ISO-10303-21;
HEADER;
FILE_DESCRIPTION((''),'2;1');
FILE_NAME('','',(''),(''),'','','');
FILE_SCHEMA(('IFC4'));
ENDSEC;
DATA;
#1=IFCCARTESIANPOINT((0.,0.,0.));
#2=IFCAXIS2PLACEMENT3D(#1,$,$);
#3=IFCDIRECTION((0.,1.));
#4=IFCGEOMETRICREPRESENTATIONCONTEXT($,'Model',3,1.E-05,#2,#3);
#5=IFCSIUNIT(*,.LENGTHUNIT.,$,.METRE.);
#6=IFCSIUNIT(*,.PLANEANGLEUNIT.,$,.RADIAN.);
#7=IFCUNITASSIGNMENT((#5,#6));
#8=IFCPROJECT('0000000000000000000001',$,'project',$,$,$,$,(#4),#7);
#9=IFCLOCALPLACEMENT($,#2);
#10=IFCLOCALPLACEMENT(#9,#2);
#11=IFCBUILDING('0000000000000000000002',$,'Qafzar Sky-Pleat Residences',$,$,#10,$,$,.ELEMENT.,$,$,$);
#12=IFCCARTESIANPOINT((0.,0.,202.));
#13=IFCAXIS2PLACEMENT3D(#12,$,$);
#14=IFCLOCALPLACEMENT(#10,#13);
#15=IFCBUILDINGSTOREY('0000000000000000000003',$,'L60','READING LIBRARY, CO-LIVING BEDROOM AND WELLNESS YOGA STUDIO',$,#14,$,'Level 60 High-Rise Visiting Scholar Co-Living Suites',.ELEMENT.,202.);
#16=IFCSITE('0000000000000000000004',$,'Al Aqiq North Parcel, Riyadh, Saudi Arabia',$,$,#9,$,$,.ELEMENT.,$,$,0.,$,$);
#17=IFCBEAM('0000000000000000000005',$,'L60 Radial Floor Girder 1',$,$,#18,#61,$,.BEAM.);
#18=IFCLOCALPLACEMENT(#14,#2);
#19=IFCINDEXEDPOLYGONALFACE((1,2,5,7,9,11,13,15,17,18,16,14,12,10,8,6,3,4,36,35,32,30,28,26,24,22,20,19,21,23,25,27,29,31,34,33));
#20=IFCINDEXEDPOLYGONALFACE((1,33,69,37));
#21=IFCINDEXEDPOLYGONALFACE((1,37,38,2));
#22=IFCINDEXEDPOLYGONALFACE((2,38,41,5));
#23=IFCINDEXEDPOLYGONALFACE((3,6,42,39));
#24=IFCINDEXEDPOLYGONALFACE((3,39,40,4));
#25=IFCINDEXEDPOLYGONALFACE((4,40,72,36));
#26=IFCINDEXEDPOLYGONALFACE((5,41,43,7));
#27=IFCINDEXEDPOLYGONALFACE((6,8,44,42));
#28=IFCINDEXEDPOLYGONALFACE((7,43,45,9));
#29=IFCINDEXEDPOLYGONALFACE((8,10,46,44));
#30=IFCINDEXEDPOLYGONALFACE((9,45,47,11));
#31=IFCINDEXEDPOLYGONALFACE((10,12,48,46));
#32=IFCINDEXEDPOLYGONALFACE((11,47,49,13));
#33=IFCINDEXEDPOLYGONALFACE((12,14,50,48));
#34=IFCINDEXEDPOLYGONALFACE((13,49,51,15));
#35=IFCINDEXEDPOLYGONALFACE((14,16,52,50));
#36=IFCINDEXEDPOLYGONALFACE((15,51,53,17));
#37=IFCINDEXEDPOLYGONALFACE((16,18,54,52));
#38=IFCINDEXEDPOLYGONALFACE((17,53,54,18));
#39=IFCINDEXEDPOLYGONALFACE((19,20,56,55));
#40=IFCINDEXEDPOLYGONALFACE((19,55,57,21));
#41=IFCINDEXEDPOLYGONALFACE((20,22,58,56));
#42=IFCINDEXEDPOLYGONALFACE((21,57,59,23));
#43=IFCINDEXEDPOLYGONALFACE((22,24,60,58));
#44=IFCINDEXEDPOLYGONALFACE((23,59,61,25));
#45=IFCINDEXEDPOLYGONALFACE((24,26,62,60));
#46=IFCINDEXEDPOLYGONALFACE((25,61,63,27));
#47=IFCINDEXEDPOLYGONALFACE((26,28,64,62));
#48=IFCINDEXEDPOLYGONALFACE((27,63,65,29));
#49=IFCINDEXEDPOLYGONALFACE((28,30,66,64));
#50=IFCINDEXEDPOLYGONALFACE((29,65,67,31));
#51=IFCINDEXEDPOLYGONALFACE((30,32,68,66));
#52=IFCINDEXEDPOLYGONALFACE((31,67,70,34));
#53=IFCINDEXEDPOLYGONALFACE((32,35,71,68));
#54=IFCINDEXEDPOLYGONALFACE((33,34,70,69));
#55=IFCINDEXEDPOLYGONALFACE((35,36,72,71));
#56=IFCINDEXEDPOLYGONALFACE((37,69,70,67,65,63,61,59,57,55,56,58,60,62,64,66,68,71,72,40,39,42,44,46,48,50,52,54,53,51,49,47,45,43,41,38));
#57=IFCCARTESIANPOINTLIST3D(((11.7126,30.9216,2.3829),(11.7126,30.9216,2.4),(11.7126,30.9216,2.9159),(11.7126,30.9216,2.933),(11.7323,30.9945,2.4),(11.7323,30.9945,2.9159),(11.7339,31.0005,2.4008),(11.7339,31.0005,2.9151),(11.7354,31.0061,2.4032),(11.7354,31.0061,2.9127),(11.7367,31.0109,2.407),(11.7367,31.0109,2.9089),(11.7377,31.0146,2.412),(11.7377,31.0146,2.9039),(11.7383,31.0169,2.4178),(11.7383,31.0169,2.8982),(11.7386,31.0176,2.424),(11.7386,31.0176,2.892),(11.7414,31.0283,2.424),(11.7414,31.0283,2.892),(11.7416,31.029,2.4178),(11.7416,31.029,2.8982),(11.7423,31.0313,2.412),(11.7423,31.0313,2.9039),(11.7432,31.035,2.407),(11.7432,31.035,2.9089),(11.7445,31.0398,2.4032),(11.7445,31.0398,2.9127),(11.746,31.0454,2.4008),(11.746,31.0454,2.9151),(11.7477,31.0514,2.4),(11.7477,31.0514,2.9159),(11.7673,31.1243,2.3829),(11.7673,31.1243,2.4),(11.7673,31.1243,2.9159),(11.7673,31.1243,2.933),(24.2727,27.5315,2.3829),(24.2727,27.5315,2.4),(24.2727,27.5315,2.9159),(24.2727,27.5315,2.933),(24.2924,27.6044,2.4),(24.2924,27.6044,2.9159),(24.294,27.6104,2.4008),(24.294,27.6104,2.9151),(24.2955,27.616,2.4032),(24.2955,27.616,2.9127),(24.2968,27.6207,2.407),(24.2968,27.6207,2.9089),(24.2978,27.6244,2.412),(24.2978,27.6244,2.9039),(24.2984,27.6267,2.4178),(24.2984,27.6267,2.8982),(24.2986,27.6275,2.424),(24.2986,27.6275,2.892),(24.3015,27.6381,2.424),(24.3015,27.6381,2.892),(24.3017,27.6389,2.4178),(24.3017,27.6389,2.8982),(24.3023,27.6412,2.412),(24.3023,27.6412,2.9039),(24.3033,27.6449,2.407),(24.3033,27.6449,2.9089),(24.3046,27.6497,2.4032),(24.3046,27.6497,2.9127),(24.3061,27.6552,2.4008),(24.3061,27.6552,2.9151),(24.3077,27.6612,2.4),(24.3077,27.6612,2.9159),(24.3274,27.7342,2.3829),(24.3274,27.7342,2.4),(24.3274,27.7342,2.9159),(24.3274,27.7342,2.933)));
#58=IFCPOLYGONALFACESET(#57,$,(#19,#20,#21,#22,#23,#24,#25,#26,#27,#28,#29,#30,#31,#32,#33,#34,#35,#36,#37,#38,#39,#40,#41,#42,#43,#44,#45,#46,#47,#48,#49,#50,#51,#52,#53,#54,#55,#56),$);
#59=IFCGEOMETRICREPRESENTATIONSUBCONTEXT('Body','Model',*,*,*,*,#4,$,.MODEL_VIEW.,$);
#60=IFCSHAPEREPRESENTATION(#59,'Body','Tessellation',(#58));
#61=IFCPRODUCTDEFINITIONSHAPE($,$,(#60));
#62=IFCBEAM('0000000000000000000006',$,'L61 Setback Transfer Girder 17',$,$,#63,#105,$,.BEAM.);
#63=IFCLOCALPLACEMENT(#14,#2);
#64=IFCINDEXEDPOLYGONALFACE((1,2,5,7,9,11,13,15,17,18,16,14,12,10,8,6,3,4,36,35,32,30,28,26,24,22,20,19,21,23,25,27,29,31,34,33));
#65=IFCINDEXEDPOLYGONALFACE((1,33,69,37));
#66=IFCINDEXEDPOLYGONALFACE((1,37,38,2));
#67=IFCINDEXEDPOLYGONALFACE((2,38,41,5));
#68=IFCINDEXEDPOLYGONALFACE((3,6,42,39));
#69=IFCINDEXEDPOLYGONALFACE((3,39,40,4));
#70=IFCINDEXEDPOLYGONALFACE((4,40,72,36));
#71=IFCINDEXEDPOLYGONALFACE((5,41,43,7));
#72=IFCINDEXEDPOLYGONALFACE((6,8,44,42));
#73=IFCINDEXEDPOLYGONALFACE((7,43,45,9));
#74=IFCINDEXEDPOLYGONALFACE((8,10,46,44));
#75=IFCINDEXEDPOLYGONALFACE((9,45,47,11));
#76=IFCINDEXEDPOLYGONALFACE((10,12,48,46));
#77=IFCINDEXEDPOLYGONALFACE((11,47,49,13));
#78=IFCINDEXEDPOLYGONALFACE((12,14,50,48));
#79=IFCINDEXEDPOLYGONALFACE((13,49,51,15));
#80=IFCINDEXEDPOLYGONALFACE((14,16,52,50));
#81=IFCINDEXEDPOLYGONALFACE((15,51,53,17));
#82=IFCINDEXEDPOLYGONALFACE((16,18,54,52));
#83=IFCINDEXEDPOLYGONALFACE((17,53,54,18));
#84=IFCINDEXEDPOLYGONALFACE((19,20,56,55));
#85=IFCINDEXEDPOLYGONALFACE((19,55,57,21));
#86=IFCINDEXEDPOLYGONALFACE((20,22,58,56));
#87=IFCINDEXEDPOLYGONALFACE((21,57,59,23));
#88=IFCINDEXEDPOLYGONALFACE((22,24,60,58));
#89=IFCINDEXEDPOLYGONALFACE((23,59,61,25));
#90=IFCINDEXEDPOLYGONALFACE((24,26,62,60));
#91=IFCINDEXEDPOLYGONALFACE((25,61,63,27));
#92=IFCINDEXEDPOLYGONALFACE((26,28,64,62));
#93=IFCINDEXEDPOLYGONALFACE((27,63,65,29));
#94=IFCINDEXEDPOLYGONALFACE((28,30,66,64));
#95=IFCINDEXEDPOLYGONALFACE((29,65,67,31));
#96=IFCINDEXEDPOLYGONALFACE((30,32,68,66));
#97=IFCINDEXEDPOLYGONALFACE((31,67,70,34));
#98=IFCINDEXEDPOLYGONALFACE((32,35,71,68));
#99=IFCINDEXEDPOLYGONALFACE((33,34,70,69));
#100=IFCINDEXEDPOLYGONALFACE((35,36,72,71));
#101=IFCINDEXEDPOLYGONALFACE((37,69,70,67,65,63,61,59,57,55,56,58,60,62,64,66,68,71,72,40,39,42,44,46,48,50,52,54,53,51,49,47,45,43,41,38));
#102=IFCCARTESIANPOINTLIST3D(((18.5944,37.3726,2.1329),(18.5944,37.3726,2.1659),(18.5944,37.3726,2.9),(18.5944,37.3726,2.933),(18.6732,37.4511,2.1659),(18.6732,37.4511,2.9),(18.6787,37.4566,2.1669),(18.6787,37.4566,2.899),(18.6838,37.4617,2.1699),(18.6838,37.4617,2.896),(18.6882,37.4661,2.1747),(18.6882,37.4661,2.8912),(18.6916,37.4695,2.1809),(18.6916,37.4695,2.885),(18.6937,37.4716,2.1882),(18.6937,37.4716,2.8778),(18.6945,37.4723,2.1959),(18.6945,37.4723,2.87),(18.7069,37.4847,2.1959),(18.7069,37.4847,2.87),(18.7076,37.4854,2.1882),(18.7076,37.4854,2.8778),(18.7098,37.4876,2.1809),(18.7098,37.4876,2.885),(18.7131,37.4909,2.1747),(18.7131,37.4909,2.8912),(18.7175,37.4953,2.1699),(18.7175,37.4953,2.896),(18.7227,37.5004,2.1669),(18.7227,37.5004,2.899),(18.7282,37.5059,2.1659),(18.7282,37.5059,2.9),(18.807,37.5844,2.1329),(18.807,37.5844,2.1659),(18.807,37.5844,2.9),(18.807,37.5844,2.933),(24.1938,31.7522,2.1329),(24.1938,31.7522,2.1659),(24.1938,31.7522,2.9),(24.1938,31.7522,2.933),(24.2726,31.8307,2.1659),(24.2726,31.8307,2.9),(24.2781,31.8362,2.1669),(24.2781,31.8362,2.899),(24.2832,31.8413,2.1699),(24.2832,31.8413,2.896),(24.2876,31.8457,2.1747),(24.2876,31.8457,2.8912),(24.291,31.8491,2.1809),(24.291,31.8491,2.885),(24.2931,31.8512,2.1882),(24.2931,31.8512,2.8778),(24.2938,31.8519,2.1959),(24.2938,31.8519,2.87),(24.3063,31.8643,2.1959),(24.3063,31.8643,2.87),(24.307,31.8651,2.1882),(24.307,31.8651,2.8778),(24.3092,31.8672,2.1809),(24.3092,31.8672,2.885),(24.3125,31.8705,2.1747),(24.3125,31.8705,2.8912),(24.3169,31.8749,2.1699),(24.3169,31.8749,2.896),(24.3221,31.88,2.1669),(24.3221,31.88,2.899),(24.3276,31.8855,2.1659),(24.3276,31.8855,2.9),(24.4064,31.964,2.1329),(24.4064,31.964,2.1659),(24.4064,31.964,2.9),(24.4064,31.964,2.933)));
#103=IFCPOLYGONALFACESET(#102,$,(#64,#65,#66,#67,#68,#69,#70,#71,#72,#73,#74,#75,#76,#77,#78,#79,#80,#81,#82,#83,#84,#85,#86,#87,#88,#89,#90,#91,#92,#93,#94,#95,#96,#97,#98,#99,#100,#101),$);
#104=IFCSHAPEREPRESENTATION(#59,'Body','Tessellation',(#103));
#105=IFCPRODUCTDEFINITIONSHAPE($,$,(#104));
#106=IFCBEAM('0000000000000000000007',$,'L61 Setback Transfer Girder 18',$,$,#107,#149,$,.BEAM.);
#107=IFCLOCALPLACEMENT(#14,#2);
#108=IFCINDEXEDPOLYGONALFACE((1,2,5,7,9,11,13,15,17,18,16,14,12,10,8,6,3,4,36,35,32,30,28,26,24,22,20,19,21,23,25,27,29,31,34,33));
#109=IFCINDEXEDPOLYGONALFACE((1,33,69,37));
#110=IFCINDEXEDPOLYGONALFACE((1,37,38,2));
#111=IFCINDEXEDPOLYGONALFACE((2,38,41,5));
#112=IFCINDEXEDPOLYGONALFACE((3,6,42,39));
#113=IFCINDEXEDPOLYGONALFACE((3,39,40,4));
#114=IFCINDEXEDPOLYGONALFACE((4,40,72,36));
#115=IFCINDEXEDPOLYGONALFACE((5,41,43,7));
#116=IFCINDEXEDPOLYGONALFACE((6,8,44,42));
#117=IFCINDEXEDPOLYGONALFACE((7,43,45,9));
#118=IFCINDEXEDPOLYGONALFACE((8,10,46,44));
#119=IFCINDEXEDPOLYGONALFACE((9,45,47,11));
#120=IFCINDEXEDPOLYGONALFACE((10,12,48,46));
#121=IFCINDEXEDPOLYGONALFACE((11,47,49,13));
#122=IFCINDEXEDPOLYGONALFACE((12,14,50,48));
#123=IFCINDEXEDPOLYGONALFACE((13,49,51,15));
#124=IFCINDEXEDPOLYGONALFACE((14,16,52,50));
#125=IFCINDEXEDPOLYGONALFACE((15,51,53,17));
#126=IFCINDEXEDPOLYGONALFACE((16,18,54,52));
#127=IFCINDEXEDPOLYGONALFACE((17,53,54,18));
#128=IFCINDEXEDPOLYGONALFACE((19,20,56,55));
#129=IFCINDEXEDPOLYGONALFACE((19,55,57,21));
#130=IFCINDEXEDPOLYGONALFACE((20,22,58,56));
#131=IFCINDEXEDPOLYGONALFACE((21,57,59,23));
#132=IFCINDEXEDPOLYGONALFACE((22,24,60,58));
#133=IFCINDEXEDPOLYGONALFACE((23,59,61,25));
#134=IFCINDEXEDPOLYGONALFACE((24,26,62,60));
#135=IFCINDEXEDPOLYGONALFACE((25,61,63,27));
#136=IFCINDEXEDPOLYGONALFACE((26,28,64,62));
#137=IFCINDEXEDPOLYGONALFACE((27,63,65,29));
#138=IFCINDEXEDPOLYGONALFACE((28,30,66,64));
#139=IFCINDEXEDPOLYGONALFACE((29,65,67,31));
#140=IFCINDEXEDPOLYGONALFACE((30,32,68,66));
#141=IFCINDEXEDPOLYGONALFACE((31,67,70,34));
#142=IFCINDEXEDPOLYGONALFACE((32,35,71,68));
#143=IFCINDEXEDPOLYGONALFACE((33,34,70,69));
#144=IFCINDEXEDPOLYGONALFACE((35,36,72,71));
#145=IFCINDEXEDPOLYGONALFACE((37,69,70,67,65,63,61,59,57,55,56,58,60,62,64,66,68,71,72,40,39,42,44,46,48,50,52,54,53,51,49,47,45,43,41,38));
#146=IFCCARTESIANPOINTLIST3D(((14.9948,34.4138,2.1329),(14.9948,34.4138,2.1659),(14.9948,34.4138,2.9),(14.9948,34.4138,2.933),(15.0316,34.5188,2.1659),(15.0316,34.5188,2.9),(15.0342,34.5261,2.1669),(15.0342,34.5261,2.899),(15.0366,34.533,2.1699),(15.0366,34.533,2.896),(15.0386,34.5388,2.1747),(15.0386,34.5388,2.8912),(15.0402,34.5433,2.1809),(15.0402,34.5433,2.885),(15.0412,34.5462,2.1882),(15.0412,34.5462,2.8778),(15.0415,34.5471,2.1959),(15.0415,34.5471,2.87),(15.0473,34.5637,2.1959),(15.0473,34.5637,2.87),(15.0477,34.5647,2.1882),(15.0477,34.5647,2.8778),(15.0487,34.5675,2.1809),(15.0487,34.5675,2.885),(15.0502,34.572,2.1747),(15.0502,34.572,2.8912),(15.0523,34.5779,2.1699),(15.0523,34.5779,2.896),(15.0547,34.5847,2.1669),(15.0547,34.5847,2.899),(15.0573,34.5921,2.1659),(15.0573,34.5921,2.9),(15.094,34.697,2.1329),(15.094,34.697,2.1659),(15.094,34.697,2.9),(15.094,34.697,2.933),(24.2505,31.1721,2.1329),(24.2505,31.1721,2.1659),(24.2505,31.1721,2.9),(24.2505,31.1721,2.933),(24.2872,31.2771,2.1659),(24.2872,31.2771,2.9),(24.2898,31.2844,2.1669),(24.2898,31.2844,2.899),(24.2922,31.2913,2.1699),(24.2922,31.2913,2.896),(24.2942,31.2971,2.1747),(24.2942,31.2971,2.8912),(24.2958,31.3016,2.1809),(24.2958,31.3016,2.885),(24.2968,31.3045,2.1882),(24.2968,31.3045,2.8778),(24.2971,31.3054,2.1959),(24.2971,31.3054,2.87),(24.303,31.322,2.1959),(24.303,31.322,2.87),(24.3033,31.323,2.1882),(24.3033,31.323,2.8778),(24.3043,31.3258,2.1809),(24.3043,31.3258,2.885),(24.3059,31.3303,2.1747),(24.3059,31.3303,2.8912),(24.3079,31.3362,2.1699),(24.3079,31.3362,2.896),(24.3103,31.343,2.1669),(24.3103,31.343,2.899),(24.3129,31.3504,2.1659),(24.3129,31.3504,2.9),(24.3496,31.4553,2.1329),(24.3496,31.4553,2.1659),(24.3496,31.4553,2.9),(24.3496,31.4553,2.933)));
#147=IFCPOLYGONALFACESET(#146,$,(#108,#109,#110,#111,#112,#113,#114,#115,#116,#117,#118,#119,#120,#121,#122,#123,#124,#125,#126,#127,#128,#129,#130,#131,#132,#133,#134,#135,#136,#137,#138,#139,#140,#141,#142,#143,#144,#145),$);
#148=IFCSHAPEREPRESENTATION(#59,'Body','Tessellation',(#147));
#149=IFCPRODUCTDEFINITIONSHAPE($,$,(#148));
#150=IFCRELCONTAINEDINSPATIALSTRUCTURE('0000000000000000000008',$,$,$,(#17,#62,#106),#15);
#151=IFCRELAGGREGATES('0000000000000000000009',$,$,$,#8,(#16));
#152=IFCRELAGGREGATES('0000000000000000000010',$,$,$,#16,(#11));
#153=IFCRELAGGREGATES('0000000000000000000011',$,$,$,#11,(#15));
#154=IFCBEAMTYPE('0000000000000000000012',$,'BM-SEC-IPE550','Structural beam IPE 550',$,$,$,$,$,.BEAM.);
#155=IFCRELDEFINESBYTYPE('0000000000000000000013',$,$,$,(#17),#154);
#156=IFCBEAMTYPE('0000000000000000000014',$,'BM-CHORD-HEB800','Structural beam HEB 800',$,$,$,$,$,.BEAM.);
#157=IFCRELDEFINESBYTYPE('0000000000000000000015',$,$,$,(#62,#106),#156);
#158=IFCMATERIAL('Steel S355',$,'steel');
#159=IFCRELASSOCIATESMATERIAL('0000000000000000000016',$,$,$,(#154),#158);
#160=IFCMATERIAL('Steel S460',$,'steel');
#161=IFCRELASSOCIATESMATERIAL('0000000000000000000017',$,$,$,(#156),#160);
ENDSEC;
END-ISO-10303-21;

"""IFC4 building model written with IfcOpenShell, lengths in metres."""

from ifc_helpers import new_model, si_unit, direction, frame, origin, origin_2d, place, context, subcontext, project, spatial, i_section, extrude, source, transform, mapped, material, material_profile, profile_set, type_object, element, save


model = new_model("IFC4")

# Units and contexts
model_context = context("Model", 3, precision=1e-05, world=origin(), true_north=direction((0.0, 1.0)))
body_context = subcontext(model_context, "Body", "Model", "MODEL_VIEW")
ifc_project = project(units=[si_unit("LENGTHUNIT", "METRE"), si_unit("PLANEANGLEUNIT", "RADIAN")], contexts=[model_context])

# Site, building, storey
site_placement = place(None, origin())
site = spatial("IfcSite", under=ifc_project, at=site_placement, Name="Al Aqiq North Parcel, Riyadh, Saudi Arabia", CompositionType="ELEMENT", RefElevation=0.0)
building_placement = place(site_placement, origin())
building = spatial("IfcBuilding", under=site, at=building_placement, Name="Qafzar Sky-Pleat Residences", CompositionType="ELEMENT")
storey_placement = place(building_placement, frame((0.0, 0.0, 202.0)))
storey = spatial("IfcBuildingStorey", under=building, at=storey_placement, Name="L60", Description="READING LIBRARY, CO-LIVING BEDROOM AND WELLNESS YOGA STUDIO", LongName="Level 60 High-Rise Visiting Scholar Co-Living Suites", CompositionType="ELEMENT", Elevation=202.0)

# Shared definitions
ifc_material_1 = material(Name="Steel S355", Category="steel")

# Beams
ifc_material_profile_1 = material_profile(ifc_material_1, i_section(OverallWidth=0.21, OverallDepth=0.55, WebThickness=0.011, FlangeThickness=0.0171, FilletRadius=0.0239, at=origin_2d()), Name="IPE 550")
ifc_profile_set_1 = profile_set([ifc_material_profile_1], Name="Steel S355")
beam_type_1 = type_object("IfcBeamType", Name="BM-SEC-IPE550", Description="Structural beam IPE 550", PredefinedType="BEAM", material=ifc_profile_set_1)
shared_shape_1 = source(origin(), body_context, "Body", "SweptSolid", [
    extrude(i_section(OverallWidth=0.21, OverallDepth=0.55, WebThickness=0.011, FlangeThickness=0.0171, FilletRadius=0.0239, at=origin_2d()), origin(), (0.0, 0.0, 1.0), 13.0095),
])
beam_1_placement = place(storey_placement, frame((11.74, 31.0229, 2.658), z_axis=(0.96545, -0.260589, 0.0), x_axis=(0.260589, 0.96545, 0.0)))
element("IfcBeam", 1, at=beam_1_placement, inside=storey, type_object=beam_type_1, Name="L60 Radial Floor Girder 1", PredefinedType="BEAM", context=body_context, shape_type="MappedRepresentation", body=[
    mapped(shared_shape_1, transform((0.0, 0.0, 0.0), x_axis=(1.0, 0.0, 0.0), y_axis=(0.0, 1.0, 0.0), z_axis=(0.0, 0.0, 1.0), scale=1.0)),
])
ifc_material_2 = material(Name="Steel S460", Category="steel")
ifc_material_profile_2 = material_profile(ifc_material_2, i_section(OverallWidth=0.3, OverallDepth=0.8, WebThickness=0.0176, FlangeThickness=0.033, FilletRadius=0.03, at=origin_2d()), Name="HEB 800")
ifc_profile_set_2 = profile_set([ifc_material_profile_2], Name="Steel S460")
beam_type_2 = type_object("IfcBeamType", Name="BM-CHORD-HEB800", Description="Structural beam HEB 800", PredefinedType="BEAM", material=ifc_profile_set_2)
shared_shape_2 = source(origin(), body_context, "Body", "SweptSolid", [
    extrude(i_section(OverallWidth=0.3, OverallDepth=0.8, WebThickness=0.0176, FlangeThickness=0.033, FilletRadius=0.03, at=origin_2d()), origin(), (0.0, 0.0, 1.0), 7.9336),
])
beam_2_placement = place(storey_placement, frame((18.7007, 37.4785, 2.533), z_axis=(0.705782, -0.708429, 0.0), x_axis=(0.708429, 0.705782, 0.0)))
element("IfcBeam", 2, at=beam_2_placement, inside=storey, type_object=beam_type_2, Name="L61 Setback Transfer Girder 17", PredefinedType="BEAM", context=body_context, shape_type="MappedRepresentation", body=[
    mapped(shared_shape_2, transform((0.0, 0.0, 0.0), x_axis=(1.0, 0.0, 0.0), y_axis=(0.0, 1.0, 0.0), z_axis=(0.0, 0.0, 1.0), scale=1.0)),
])
shared_shape_3 = source(origin(), body_context, "Body", "SweptSolid", [
    extrude(i_section(OverallWidth=0.3, OverallDepth=0.8, WebThickness=0.0176, FlangeThickness=0.033, FilletRadius=0.03, at=origin_2d()), origin(), (0.0, 0.0, 1.0), 9.8069),
])
beam_3_placement = place(storey_placement, frame((15.0444, 34.5554, 2.533), z_axis=(0.943787, -0.330553, 0.0), x_axis=(0.330553, 0.943787, 0.0)))
element("IfcBeam", 3, at=beam_3_placement, inside=storey, type_object=beam_type_2, Name="L61 Setback Transfer Girder 18", PredefinedType="BEAM", context=body_context, shape_type="MappedRepresentation", body=[
    mapped(shared_shape_3, transform((0.0, 0.0, 0.0), x_axis=(1.0, 0.0, 0.0), y_axis=(0.0, 1.0, 0.0), z_axis=(0.0, 0.0, 1.0), scale=1.0)),
])

save(model, "model.ifc")
